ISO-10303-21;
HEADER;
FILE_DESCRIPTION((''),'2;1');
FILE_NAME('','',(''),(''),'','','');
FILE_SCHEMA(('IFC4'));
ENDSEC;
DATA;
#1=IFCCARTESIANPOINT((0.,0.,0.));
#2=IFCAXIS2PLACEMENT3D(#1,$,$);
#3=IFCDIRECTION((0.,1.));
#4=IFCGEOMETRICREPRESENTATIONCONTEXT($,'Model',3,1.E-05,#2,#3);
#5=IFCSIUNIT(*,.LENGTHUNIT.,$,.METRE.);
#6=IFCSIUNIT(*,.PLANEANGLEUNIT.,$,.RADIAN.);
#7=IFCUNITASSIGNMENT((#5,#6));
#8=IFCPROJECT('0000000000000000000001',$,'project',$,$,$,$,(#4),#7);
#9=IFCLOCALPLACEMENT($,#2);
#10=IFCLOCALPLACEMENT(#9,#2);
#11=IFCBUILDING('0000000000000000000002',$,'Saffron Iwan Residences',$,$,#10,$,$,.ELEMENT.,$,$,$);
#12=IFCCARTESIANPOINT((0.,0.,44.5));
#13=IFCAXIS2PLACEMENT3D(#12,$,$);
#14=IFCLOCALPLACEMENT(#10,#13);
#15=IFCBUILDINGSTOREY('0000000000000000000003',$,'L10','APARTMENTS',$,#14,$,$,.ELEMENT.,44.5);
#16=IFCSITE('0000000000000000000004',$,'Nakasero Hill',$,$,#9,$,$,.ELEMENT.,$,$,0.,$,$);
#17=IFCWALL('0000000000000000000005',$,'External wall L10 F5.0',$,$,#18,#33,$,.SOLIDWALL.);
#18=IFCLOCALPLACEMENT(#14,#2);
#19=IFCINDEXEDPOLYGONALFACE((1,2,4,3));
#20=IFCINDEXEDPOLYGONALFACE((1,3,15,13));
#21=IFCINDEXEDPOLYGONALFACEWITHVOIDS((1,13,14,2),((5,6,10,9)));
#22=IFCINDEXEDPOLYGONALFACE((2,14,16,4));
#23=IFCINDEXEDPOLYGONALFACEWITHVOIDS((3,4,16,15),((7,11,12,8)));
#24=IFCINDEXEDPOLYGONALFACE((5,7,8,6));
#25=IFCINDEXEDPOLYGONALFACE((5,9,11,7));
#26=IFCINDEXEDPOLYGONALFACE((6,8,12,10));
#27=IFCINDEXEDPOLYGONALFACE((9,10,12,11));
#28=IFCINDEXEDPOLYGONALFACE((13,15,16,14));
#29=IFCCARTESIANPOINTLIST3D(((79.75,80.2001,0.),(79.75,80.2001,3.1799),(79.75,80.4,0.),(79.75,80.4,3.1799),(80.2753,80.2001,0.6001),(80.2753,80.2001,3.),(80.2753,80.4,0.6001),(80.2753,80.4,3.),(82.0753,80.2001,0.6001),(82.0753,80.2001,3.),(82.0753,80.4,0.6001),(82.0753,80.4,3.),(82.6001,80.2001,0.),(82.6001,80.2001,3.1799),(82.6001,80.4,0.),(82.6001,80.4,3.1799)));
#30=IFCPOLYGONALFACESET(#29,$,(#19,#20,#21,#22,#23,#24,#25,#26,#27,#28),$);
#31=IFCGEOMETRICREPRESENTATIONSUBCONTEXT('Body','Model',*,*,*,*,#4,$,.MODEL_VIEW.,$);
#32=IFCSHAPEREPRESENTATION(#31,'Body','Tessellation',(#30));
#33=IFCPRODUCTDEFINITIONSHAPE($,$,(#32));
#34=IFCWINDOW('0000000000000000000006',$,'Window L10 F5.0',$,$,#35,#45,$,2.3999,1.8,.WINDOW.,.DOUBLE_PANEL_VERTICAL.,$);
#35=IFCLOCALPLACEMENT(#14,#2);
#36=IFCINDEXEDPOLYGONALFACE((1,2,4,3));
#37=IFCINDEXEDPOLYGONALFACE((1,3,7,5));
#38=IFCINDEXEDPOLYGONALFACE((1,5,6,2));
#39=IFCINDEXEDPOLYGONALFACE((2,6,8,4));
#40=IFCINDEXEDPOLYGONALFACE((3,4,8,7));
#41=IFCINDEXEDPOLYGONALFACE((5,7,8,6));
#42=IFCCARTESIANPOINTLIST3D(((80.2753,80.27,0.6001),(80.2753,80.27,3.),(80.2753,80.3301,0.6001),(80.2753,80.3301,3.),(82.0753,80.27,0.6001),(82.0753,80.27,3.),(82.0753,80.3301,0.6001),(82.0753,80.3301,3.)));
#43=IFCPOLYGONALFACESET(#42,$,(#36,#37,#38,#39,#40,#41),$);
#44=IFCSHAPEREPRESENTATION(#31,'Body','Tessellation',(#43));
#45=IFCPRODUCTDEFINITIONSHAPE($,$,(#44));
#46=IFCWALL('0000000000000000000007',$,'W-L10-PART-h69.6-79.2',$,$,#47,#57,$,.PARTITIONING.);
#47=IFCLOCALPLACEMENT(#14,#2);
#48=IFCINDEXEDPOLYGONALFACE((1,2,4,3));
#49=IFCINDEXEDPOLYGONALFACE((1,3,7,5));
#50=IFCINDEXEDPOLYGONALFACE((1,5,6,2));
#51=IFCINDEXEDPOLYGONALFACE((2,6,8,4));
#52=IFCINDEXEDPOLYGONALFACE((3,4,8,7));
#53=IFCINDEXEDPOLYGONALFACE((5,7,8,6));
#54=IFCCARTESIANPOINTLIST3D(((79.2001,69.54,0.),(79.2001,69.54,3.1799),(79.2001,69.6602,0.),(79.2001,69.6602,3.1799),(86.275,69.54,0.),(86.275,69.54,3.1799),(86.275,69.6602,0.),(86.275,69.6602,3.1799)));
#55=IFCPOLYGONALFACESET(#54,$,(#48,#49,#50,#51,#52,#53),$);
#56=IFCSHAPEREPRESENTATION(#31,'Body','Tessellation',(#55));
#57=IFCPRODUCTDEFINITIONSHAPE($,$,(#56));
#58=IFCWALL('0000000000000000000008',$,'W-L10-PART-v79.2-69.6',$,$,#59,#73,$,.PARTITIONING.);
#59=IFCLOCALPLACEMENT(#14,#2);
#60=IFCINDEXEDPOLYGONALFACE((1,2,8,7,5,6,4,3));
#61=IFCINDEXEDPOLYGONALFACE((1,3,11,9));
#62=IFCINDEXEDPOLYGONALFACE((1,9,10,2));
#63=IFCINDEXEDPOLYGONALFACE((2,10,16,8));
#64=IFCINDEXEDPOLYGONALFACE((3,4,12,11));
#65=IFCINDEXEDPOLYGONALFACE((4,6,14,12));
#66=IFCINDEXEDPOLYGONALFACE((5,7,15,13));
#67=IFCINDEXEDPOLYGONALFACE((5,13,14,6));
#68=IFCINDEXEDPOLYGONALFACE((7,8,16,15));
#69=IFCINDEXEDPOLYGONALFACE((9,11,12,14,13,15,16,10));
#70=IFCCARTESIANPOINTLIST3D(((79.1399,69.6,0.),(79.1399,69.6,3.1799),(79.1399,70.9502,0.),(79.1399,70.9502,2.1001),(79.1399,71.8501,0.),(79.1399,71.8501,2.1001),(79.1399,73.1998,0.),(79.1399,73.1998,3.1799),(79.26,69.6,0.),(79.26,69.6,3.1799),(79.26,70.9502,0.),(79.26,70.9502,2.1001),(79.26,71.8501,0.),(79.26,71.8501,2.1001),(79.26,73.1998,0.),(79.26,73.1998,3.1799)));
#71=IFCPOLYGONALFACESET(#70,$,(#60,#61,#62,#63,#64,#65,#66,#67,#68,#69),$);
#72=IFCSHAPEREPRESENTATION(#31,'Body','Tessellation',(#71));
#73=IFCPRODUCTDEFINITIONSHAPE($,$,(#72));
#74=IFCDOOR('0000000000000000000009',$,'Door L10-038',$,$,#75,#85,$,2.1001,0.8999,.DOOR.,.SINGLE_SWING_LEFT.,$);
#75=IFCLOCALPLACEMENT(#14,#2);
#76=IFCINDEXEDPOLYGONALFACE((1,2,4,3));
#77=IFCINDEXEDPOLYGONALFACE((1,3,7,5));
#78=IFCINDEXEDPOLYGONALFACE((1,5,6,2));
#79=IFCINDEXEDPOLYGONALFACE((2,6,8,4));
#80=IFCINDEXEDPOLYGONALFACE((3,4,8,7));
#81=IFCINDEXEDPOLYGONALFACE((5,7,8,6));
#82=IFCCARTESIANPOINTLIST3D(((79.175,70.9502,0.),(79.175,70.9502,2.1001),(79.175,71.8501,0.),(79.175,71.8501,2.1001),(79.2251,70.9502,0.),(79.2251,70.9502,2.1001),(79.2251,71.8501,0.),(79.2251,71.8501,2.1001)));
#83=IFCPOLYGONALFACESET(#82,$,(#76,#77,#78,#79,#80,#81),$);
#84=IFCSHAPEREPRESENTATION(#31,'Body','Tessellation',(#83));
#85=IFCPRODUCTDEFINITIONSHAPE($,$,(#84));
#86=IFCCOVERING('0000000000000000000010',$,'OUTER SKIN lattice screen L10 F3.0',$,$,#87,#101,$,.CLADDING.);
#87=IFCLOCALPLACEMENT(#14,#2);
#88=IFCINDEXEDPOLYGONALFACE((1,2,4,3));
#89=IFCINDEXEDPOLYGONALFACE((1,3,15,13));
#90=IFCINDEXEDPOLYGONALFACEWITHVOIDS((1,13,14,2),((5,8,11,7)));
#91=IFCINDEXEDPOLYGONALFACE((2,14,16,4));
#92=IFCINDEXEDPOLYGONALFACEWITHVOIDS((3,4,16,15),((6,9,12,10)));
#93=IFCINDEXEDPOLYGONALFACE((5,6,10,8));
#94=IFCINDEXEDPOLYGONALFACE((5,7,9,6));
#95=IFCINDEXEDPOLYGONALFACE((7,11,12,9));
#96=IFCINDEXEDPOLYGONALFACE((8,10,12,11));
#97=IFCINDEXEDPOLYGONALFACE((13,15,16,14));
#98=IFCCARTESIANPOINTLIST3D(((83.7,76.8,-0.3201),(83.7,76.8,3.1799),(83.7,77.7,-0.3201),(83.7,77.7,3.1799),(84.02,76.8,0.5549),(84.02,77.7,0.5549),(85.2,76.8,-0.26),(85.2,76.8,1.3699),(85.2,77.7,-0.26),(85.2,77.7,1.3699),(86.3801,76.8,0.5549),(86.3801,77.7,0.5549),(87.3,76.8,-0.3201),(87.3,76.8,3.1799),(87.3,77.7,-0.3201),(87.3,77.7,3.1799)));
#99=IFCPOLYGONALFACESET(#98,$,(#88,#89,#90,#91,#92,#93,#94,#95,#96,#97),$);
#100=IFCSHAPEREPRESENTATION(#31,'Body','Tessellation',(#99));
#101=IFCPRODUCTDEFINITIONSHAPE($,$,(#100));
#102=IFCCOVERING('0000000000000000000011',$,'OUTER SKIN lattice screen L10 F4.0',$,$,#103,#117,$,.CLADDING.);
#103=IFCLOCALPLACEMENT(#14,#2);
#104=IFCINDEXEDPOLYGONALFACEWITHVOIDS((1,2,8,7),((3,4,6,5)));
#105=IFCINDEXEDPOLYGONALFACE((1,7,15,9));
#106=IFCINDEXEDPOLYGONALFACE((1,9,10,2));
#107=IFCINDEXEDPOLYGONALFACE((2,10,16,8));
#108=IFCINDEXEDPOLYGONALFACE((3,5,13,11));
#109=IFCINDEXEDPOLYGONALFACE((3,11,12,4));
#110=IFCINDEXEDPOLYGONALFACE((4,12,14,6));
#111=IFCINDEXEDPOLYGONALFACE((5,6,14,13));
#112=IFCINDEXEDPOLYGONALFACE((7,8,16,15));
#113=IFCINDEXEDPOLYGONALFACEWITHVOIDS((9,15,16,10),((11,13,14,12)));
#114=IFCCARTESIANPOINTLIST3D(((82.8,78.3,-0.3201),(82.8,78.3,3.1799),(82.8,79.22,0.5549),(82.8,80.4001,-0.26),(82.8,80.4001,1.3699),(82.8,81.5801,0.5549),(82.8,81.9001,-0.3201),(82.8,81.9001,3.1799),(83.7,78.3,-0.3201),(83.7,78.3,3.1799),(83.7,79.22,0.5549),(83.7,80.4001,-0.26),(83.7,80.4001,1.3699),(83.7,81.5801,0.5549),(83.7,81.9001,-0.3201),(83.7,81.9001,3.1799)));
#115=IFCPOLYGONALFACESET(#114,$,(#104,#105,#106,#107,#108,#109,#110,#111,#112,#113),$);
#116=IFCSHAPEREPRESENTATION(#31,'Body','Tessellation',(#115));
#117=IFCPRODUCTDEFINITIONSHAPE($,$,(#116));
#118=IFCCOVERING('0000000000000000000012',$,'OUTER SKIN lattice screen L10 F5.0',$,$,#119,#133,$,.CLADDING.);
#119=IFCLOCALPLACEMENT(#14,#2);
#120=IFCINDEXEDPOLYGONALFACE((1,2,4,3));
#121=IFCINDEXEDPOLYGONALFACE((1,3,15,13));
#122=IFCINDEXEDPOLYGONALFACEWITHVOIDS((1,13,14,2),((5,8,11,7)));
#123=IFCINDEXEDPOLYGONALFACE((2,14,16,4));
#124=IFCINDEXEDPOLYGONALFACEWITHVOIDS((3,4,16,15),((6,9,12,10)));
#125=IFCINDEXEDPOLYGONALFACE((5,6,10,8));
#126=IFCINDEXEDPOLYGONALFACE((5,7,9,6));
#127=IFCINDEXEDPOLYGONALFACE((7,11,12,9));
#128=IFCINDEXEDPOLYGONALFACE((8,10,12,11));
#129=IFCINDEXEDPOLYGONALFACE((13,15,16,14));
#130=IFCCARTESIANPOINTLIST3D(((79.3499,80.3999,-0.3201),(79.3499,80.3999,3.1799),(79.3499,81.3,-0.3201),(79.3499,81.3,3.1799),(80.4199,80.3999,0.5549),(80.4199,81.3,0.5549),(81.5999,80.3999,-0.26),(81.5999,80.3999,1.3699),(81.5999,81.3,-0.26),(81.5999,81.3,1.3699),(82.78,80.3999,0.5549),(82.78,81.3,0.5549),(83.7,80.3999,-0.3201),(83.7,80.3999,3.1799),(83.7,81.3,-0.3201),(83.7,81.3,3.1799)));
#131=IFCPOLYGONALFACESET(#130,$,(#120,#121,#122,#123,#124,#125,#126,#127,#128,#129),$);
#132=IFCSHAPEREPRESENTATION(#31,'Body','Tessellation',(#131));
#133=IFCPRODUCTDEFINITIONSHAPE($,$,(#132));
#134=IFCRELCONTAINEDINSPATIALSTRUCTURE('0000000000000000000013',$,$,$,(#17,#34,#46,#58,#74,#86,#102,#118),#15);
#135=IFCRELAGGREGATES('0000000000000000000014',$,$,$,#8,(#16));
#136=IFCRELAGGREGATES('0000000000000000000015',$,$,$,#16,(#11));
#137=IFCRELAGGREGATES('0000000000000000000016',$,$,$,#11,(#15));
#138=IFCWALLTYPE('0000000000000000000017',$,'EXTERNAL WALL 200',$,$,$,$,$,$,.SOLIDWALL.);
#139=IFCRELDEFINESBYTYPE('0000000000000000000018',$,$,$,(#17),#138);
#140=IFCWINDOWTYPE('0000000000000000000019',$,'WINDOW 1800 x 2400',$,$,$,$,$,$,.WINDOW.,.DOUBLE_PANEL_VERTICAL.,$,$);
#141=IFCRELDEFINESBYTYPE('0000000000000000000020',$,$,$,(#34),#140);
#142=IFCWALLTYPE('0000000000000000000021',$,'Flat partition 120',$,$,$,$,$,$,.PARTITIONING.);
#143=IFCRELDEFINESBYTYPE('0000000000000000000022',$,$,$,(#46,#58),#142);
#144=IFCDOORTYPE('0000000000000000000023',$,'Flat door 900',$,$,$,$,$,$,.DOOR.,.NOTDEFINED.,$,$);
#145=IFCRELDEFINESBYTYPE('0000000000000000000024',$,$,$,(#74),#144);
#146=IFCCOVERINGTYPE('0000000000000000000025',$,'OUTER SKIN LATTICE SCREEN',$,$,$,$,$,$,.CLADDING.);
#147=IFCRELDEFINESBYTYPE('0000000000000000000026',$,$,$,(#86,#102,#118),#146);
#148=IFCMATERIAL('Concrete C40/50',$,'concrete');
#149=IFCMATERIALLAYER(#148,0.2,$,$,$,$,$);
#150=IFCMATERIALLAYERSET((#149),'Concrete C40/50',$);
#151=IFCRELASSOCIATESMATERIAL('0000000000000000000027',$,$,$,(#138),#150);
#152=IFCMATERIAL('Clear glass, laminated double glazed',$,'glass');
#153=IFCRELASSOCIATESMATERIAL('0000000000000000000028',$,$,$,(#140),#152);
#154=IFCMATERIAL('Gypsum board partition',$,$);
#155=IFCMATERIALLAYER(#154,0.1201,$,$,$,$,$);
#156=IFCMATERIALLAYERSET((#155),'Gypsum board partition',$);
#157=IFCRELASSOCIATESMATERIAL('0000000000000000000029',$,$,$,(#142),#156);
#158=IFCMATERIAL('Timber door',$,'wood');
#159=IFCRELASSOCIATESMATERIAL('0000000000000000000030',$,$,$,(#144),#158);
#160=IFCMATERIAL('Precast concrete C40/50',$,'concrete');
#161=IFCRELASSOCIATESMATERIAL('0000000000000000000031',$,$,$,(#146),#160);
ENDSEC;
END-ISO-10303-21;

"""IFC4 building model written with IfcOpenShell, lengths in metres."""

from ifc_helpers import new_model, si_unit, direction, frame, frame_2d, origin, place, context, subcontext, project, spatial, polyline, rectangle, outline, extrude, material, layer, layer_set, type_object, element, fill, save


model = new_model("IFC4")

# Units and contexts
model_context = context("Model", 3, precision=1e-05, world=origin(), true_north=direction((0.0, 1.0)))
body_context = subcontext(model_context, "Body", "Model", "MODEL_VIEW")
ifc_project = project(units=[si_unit("LENGTHUNIT", "METRE"), si_unit("PLANEANGLEUNIT", "RADIAN")], contexts=[model_context])

# Site, building, storey
site_placement = place(None, origin())
site = spatial("IfcSite", under=ifc_project, at=site_placement, Name="Nakasero Hill", CompositionType="ELEMENT", RefElevation=0.0)
building_placement = place(site_placement, origin())
building = spatial("IfcBuilding", under=site, at=building_placement, Name="Saffron Iwan Residences", CompositionType="ELEMENT")
storey_placement = place(building_placement, frame((0.0, 0.0, 44.5)))
storey = spatial("IfcBuildingStorey", under=building, at=storey_placement, Name="L10", Description="APARTMENTS", CompositionType="ELEMENT", Elevation=44.5)

# Shared definitions
ifc_material_1 = material(Name="Concrete C40/50", Category="concrete")
ifc_layer_1 = layer(ifc_material_1, 0.2)
ifc_layer_set_1 = layer_set([ifc_layer_1], Name="Concrete C40/50")
wall_type_1 = type_object("IfcWallType", Name="EXTERNAL WALL 200", PredefinedType="SOLIDWALL", material=ifc_layer_set_1)
ifc_material_2 = material(Name="Clear glass, laminated double glazed", Category="glass")
window_type_1 = type_object("IfcWindowType", Name="WINDOW 1800 x 2400", PartitioningType="DOUBLE_PANEL_VERTICAL", PredefinedType="WINDOW", material=ifc_material_2)

# Wall, opening, window
wall_1_placement = place(storey_placement, frame((82.6001, 80.3, 0.0), z_axis=(0.0, 0.0, 1.0), x_axis=(-1.0, 0.0, 0.0)))
wall_1 = element("IfcWall", 1, at=wall_1_placement, inside=storey, type_object=wall_type_1, Name="External wall L10 F5.0", PredefinedType="SOLIDWALL", context=body_context, shape_type="SweptSolid", body=[
    extrude(rectangle(XDim=2.8501, YDim=0.2, at=frame_2d((1.425, 0.0))), origin(), (0.0, 0.0, 1.0), 3.1799),
])
opening_1_placement = place(wall_1_placement, frame((0.5249, 0.0, 0.6001)))
opening_1 = element("IfcOpeningElement", 2, at=opening_1_placement, cuts=wall_1, PredefinedType="OPENING", context=body_context, shape_type="SweptSolid", body=[
    extrude(rectangle(XDim=1.8, YDim=2.3999, at=frame_2d((0.8999, 1.2))), frame((0.0, 0.1099, 0.0), z_axis=(0.0, -1.0, 0.0), x_axis=(1.0, 0.0, 0.0)), (0.0, 0.0, 1.0), 0.22),
])
window_1_placement = place(opening_1_placement, origin())
window_1 = element("IfcWindow", 3, at=window_1_placement, inside=storey, type_object=window_type_1, Name="Window L10 F5.0", OverallHeight=2.3999, OverallWidth=1.8, PartitioningType="DOUBLE_PANEL_VERTICAL", PredefinedType="WINDOW", context=body_context, shape_type="SweptSolid", body=[
    extrude(rectangle(XDim=1.8, YDim=2.3999, at=frame_2d((0.8999, 1.2))), frame((0.0, 0.03, 0.0), z_axis=(0.0, -1.0, 0.0), x_axis=(1.0, 0.0, 0.0)), (0.0, 0.0, 1.0), 0.0601),
])
fill(opening_1, window_1)

# Wall
ifc_material_3 = material(Name="Gypsum board partition")
ifc_layer_2 = layer(ifc_material_3, 0.1201)
ifc_layer_set_2 = layer_set([ifc_layer_2], Name="Gypsum board partition")
wall_type_2 = type_object("IfcWallType", Name="Flat partition 120", PredefinedType="PARTITIONING", material=ifc_layer_set_2)
wall_2_placement = place(storey_placement, frame((79.2, 69.6001, 0.0), z_axis=(0.0, 0.0, 1.0), x_axis=(1.0, 0.0, 0.0)))
element("IfcWall", 4, at=wall_2_placement, inside=storey, type_object=wall_type_2, Name="W-L10-PART-h69.6-79.2", PredefinedType="PARTITIONING", context=body_context, shape_type="SweptSolid", body=[
    extrude(rectangle(XDim=7.075, YDim=0.1201, at=frame_2d((3.5376, 0.0))), origin(), (0.0, 0.0, 1.0), 3.1799),
])

# Wall, opening, door
wall_3_placement = place(storey_placement, frame((79.2, 69.6001, 0.0), z_axis=(0.0, 0.0, 1.0), x_axis=(0.0, 1.0, 0.0)))
wall_3 = element("IfcWall", 5, at=wall_3_placement, inside=storey, type_object=wall_type_2, Name="W-L10-PART-v79.2-69.6", PredefinedType="PARTITIONING", context=body_context, shape_type="SweptSolid", body=[
    extrude(rectangle(XDim=3.5999, YDim=0.1201, at=frame_2d((1.7998, 0.0))), origin(), (0.0, 0.0, 1.0), 3.1799),
])
opening_2_placement = place(wall_3_placement, frame((1.3501, 0.0, 0.0)))
opening_2 = element("IfcOpeningElement", 6, at=opening_2_placement, cuts=wall_3, PredefinedType="OPENING", context=body_context, shape_type="SweptSolid", body=[
    extrude(rectangle(XDim=0.8999, YDim=2.1001, at=frame_2d((0.45, 1.05))), frame((0.0, 0.0701, 0.0), z_axis=(0.0, -1.0, 0.0), x_axis=(1.0, 0.0, 0.0)), (0.0, 0.0, 1.0), 0.1401),
])
ifc_material_4 = material(Name="Timber door", Category="wood")
door_type = type_object("IfcDoorType", Name="Flat door 900", OperationType="NOTDEFINED", PredefinedType="DOOR", material=ifc_material_4)
door_placement = place(opening_2_placement, origin())
door = element("IfcDoor", 7, at=door_placement, inside=storey, type_object=door_type, Name="Door L10-038", OperationType="SINGLE_SWING_LEFT", OverallHeight=2.1001, OverallWidth=0.8999, PredefinedType="DOOR", context=body_context, shape_type="SweptSolid", body=[
    extrude(rectangle(XDim=0.8999, YDim=2.1001, at=frame_2d((0.45, 1.05))), frame((0.0, 0.0249, 0.0), z_axis=(0.0, -1.0, 0.0), x_axis=(1.0, 0.0, 0.0)), (0.0, 0.0, 1.0), 0.05),
])
fill(opening_2, door)

# Coverings
ifc_material_5 = material(Name="Precast concrete C40/50", Category="concrete")
covering_type = type_object("IfcCoveringType", Name="OUTER SKIN LATTICE SCREEN", PredefinedType="CLADDING", material=ifc_material_5)
for number, where, z_axis, x_axis, name in (
    (8, (87.3, 76.8, -0.3201), (0.0, 1.0, 0.0), (-1.0, 0.0, 0.0), "OUTER SKIN lattice screen L10 F3.0"),
    (9, (82.8, 78.3, -0.3201), (1.0, 0.0, 0.0), (0.0, 1.0, 0.0), "OUTER SKIN lattice screen L10 F4.0"),
):
    element("IfcCovering", number, at=place(storey_placement, frame(where, z_axis=z_axis, x_axis=x_axis)), inside=storey, type_object=covering_type, Name=name, PredefinedType="CLADDING", context=body_context, shape_type="SweptSolid", body=[
        extrude(outline(polyline([(0.0, 0.0), (3.6001, 0.0), (3.6001, 3.5), (0.0, 3.5), (0.0, 0.0)]), holes=[polyline([(0.9199, 0.875), (2.1001, 0.0601), (3.28, 0.875), (2.1001, 1.6899), (0.9199, 0.875)])]), origin(), (0.0, 0.0, 1.0), 0.8999),
    ])
covering_placement = place(storey_placement, frame((83.7, 80.3999, -0.3201), z_axis=(0.0, 1.0, 0.0), x_axis=(-1.0, 0.0, 0.0)))
element("IfcCovering", 10, at=covering_placement, inside=storey, type_object=covering_type, Name="OUTER SKIN lattice screen L10 F5.0", PredefinedType="CLADDING", context=body_context, shape_type="SweptSolid", body=[
    extrude(outline(polyline([(0.0, 0.0), (4.3501, 0.0), (4.3501, 3.5), (0.0, 3.5), (0.0, 0.0)]), holes=[polyline([(0.9199, 0.875), (2.1001, 0.0601), (3.28, 0.875), (2.1001, 1.6899), (0.9199, 0.875)])]), origin(), (0.0, 0.0, 1.0), 0.9001),
])

save(model, "model.ifc")
